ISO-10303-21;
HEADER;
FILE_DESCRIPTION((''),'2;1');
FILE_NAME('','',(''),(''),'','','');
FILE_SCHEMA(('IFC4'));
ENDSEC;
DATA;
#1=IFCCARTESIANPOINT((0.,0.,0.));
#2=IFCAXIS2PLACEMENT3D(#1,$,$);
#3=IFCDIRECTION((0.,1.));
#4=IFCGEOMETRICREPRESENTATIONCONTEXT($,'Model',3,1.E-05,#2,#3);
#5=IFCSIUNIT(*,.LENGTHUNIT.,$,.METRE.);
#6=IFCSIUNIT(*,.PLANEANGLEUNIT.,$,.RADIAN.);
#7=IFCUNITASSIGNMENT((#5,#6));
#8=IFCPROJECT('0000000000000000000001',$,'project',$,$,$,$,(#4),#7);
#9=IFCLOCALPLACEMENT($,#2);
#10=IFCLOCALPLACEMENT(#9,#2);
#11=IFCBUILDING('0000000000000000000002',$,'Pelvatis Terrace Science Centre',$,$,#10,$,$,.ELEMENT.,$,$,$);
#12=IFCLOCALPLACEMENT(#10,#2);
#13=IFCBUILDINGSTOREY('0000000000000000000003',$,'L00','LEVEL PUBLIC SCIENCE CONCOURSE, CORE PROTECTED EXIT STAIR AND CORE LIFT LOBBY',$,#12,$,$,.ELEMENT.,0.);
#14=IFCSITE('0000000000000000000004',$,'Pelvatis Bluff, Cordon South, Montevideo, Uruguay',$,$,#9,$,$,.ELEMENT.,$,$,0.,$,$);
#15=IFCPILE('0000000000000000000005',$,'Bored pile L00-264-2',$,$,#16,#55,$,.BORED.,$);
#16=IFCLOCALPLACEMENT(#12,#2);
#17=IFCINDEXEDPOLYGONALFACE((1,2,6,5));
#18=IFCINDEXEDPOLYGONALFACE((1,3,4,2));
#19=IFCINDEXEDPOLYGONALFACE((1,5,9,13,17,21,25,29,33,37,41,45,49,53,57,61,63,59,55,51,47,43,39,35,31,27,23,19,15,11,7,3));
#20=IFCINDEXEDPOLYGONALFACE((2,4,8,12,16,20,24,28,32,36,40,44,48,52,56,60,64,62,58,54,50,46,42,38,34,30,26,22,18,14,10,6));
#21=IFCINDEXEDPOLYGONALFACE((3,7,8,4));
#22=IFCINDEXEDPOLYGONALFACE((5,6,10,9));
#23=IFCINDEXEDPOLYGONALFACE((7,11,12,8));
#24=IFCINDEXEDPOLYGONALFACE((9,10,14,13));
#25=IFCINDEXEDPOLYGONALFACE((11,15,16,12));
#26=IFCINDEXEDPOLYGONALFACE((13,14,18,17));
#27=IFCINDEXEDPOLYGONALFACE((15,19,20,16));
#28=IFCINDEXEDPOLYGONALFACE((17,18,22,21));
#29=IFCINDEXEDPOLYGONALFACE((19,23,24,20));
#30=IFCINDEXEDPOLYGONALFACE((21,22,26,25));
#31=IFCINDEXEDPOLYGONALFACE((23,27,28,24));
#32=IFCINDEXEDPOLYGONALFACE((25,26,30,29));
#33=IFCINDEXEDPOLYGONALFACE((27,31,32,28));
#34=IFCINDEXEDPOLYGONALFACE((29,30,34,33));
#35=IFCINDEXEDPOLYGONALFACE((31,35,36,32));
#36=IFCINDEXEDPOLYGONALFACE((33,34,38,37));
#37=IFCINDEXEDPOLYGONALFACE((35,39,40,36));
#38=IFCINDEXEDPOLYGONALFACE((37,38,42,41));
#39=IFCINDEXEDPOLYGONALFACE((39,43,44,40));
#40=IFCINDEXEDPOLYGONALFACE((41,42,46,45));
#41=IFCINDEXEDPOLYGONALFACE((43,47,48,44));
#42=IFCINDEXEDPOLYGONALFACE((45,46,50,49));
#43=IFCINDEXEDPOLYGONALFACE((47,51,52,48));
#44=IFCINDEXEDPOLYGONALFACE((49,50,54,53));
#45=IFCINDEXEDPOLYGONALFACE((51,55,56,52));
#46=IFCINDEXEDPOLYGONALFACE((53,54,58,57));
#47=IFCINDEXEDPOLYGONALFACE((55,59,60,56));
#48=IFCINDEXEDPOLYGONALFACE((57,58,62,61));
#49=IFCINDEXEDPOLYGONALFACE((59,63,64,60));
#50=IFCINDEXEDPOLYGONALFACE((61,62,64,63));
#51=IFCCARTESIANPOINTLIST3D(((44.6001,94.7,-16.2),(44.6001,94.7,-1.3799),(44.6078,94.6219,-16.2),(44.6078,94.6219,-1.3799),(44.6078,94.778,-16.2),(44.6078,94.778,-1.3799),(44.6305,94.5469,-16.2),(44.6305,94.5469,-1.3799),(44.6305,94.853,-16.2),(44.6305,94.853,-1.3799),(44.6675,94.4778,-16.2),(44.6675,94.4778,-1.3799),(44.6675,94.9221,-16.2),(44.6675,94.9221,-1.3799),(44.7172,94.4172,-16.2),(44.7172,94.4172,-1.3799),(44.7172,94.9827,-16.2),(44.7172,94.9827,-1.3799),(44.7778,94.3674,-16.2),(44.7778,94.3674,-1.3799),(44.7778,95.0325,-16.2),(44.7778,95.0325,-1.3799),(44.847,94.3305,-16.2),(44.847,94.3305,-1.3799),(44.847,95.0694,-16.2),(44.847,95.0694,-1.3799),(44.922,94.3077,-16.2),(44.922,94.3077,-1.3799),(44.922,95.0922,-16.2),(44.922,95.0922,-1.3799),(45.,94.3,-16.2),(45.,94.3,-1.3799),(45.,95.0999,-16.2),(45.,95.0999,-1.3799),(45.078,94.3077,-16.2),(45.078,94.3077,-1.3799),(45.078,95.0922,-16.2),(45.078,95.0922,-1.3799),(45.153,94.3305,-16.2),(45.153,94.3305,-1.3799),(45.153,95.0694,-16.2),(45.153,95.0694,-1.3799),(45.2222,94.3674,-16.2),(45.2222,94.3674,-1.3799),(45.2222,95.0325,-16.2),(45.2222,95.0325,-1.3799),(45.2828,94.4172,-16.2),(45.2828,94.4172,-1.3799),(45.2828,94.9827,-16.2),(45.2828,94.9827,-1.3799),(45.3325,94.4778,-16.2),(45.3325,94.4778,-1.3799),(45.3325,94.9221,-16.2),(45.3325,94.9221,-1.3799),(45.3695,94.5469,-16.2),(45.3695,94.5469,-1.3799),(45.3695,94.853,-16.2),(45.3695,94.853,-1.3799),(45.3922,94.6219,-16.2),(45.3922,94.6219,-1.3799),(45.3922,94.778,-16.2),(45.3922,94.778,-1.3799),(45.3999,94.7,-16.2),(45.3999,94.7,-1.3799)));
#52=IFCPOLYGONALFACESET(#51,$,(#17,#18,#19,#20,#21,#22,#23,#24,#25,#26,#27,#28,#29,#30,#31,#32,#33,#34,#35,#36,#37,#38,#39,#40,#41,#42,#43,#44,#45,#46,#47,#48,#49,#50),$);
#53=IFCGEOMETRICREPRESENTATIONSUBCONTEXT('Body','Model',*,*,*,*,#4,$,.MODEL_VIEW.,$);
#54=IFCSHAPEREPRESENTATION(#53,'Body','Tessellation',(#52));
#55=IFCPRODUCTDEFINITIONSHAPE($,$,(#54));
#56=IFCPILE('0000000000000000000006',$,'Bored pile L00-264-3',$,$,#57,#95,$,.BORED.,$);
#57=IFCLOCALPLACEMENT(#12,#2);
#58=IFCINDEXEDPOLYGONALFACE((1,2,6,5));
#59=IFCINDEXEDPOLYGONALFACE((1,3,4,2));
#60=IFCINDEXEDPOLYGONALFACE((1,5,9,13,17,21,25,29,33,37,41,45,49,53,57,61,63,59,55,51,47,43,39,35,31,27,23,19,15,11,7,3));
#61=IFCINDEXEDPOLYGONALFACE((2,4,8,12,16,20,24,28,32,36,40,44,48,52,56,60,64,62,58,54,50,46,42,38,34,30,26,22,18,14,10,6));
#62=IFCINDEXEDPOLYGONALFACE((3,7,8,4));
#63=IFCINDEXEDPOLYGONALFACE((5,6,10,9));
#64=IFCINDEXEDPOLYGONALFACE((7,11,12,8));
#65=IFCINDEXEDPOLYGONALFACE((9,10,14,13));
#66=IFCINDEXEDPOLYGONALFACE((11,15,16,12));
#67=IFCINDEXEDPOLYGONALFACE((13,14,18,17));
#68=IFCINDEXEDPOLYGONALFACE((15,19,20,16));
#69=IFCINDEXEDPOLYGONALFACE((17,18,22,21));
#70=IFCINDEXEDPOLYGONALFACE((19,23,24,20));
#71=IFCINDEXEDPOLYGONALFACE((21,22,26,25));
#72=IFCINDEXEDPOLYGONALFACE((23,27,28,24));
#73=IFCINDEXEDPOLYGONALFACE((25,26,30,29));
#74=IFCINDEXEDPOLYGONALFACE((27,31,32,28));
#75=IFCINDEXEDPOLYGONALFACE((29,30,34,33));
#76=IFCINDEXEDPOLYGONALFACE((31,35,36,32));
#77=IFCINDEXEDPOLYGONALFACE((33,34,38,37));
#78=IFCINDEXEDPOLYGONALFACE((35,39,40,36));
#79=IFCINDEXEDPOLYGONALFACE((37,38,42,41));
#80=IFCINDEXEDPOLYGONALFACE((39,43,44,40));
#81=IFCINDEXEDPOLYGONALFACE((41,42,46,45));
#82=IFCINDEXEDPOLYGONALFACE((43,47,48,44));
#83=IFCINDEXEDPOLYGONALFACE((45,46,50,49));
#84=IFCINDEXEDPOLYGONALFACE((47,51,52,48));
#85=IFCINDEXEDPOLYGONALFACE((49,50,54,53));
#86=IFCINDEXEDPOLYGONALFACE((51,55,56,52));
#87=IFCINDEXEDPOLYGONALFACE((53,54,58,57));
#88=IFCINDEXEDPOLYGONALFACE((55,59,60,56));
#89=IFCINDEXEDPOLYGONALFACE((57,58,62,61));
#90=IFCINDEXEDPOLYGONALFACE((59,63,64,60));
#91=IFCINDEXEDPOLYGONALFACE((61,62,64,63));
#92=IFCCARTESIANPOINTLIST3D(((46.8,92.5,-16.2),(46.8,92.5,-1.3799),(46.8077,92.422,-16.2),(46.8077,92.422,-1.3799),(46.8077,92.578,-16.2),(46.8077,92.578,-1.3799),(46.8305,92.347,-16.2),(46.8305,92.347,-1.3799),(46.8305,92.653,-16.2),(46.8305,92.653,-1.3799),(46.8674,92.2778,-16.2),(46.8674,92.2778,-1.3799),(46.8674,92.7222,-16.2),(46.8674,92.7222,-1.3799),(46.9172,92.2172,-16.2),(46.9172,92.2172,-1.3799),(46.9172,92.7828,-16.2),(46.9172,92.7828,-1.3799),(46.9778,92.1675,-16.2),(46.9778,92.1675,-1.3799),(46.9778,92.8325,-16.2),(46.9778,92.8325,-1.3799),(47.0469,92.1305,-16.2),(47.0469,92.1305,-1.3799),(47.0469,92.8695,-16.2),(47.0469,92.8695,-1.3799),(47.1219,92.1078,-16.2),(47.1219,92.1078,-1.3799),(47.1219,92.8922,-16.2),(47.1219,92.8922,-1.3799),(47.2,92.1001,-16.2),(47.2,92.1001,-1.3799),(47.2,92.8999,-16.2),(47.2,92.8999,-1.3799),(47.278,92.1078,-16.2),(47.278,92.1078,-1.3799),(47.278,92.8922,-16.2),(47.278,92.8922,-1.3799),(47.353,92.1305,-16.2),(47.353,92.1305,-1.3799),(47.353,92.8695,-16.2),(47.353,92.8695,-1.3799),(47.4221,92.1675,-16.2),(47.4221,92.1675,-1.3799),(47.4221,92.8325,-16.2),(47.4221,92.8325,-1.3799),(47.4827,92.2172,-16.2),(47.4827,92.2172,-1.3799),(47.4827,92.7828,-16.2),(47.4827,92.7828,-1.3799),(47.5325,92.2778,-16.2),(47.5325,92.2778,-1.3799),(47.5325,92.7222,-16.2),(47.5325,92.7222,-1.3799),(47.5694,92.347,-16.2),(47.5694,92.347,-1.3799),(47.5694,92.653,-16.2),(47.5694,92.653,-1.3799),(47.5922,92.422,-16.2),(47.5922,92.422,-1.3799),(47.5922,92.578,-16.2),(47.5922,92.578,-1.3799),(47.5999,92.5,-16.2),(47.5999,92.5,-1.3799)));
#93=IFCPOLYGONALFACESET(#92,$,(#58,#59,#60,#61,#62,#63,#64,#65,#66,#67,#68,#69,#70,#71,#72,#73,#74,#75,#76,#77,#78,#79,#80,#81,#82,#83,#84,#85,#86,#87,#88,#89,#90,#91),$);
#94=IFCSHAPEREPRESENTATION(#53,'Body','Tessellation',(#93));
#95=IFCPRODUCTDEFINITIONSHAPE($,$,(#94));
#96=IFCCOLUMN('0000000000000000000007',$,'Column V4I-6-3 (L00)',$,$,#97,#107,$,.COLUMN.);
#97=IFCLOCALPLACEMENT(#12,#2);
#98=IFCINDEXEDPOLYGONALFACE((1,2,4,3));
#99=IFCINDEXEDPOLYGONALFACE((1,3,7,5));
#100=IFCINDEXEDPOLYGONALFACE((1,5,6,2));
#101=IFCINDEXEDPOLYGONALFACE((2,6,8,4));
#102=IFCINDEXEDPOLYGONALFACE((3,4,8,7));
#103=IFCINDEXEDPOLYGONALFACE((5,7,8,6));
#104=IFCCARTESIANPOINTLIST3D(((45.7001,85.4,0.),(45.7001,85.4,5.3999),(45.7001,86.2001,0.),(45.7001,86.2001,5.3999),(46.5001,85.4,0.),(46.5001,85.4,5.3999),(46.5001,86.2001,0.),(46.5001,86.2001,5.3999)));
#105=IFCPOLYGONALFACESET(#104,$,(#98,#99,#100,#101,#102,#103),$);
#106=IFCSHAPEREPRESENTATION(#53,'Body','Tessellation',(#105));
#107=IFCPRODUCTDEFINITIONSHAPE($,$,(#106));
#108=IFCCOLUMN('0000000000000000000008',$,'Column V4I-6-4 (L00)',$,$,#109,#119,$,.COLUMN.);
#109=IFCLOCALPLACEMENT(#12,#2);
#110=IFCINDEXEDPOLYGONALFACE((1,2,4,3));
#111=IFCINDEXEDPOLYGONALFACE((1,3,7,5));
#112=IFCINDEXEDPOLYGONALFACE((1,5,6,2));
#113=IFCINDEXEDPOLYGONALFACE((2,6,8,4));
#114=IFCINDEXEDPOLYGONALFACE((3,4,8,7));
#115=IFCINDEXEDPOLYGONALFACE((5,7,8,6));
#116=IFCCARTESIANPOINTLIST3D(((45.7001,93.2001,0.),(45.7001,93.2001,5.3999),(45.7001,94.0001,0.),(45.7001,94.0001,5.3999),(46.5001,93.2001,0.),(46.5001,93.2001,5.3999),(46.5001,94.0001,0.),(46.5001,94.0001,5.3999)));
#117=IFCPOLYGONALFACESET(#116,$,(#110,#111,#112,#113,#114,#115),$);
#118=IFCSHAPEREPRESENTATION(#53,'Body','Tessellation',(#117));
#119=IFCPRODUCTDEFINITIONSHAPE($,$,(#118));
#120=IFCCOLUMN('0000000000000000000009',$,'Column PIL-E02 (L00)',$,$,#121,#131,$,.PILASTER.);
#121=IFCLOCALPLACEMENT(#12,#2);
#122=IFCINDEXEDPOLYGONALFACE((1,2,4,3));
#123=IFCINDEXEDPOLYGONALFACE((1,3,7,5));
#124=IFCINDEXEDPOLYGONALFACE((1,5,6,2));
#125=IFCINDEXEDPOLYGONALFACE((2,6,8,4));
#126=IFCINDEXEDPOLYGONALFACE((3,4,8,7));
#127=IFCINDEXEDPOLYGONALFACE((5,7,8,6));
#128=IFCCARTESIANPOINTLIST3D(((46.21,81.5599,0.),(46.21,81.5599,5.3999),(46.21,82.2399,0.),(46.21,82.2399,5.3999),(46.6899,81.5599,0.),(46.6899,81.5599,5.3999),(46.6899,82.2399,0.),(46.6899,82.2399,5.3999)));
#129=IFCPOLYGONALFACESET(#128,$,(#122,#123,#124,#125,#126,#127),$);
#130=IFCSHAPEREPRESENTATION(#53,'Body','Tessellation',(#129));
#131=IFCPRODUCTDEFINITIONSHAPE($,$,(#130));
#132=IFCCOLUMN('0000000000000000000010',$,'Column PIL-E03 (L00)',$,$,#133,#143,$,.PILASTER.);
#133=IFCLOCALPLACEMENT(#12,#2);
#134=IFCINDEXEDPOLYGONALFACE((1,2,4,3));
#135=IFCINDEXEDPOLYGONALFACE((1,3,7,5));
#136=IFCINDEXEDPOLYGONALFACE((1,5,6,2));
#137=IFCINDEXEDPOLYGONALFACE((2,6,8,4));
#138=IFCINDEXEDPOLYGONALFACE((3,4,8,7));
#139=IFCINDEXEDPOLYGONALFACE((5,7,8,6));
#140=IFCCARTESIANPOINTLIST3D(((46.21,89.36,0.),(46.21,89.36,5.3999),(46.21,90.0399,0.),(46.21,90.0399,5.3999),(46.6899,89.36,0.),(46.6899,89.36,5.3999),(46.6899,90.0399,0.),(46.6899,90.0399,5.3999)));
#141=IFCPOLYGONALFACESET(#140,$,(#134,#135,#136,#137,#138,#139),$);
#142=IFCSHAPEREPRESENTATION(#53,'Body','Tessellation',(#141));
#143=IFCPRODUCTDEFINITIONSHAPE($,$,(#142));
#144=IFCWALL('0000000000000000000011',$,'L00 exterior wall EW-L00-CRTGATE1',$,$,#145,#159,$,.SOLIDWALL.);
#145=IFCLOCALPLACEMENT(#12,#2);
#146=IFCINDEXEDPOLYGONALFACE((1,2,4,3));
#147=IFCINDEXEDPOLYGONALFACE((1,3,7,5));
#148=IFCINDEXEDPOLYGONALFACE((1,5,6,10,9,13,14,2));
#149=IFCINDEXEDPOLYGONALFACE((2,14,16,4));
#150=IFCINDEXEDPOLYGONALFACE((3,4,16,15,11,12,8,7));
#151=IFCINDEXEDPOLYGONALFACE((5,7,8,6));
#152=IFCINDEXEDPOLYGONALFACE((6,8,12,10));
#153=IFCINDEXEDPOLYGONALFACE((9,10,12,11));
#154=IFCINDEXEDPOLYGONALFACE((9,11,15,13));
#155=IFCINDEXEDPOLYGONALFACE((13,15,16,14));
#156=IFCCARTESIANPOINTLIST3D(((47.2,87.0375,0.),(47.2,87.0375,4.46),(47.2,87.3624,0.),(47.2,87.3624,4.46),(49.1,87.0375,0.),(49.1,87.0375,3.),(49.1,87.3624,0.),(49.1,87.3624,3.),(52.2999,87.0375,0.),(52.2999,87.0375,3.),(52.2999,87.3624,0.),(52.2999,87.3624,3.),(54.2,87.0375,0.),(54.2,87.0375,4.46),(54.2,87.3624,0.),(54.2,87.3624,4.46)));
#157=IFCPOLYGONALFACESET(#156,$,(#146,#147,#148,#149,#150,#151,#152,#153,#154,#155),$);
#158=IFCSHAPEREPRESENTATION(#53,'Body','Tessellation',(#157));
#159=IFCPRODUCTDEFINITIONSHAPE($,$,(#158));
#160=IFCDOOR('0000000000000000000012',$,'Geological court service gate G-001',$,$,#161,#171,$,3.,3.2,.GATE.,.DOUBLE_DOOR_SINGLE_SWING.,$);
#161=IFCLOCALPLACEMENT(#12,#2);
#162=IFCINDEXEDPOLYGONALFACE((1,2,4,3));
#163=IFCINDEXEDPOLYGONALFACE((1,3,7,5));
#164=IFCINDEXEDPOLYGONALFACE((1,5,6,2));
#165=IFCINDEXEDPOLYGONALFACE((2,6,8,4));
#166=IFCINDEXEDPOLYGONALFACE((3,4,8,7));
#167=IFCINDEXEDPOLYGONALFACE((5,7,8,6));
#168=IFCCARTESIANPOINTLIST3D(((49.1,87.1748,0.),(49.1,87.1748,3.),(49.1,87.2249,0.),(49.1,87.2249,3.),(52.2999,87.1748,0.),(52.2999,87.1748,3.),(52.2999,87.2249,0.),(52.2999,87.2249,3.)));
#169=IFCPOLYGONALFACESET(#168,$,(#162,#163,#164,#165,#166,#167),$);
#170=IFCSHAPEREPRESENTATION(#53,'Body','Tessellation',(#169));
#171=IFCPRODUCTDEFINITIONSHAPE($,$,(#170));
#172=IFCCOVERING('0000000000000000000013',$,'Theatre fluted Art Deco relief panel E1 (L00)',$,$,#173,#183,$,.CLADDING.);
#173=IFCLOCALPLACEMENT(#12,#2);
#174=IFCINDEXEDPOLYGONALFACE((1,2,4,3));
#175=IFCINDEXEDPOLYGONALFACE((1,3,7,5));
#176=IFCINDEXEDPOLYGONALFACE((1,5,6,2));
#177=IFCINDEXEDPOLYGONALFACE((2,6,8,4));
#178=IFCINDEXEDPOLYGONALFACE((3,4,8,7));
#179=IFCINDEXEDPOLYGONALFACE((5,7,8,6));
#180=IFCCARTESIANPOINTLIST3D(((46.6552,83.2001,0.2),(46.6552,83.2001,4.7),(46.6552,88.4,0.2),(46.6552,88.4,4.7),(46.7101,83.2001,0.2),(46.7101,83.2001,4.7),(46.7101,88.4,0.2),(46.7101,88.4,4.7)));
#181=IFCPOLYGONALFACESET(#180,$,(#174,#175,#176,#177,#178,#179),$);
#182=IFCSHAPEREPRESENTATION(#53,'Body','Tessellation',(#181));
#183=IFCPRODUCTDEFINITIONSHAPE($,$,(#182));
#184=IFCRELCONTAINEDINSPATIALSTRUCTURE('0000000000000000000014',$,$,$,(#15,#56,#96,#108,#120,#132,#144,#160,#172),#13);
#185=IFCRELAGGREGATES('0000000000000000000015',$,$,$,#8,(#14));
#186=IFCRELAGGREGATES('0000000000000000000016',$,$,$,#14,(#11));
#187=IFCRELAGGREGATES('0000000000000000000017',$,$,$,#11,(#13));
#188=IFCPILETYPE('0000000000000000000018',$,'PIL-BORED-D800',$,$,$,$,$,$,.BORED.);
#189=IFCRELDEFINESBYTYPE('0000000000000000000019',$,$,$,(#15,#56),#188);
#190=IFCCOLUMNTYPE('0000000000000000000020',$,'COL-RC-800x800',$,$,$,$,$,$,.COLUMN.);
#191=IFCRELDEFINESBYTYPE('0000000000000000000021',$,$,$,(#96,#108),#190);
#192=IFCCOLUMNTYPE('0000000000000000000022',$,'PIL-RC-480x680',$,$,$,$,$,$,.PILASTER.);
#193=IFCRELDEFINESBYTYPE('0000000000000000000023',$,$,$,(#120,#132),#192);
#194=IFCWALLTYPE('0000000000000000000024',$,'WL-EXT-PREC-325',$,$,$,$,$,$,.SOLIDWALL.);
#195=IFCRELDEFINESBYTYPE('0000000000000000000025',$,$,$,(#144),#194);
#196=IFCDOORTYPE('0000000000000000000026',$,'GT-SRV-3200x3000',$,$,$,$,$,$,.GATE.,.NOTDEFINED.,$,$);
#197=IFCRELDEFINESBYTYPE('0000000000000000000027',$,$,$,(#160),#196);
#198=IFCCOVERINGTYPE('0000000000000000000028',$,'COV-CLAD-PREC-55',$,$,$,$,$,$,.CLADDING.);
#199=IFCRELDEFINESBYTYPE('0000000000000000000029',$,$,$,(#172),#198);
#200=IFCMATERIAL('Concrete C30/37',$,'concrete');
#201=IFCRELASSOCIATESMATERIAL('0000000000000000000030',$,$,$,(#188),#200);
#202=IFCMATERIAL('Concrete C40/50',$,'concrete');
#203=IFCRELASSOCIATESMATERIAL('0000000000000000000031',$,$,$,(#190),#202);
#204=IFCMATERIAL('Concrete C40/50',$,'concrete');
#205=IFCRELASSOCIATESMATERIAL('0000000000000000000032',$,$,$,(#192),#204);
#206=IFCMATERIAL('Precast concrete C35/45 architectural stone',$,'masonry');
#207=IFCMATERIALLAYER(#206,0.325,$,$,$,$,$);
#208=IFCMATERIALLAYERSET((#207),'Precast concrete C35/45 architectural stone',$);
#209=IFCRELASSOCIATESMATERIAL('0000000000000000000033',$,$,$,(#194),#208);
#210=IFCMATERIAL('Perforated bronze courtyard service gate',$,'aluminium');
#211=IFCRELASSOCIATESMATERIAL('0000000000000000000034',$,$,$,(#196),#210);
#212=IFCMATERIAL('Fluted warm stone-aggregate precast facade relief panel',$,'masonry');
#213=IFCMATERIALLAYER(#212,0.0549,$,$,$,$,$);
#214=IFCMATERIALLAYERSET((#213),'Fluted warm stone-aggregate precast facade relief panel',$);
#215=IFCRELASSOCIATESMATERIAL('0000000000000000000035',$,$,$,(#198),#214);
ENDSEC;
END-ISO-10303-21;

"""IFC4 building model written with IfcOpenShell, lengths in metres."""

from ifc_helpers import new_model, si_unit, direction, frame, frame_2d, origin, origin_2d, place, context, subcontext, project, spatial, rectangle, circle, extrude, material, layer, layer_set, material_profile, profile_set, type_object, element, fill, save


model = new_model("IFC4")

# Units and contexts
model_context = context("Model", 3, precision=1e-05, world=origin(), true_north=direction((0.0, 1.0)))
body_context = subcontext(model_context, "Body", "Model", "MODEL_VIEW")
ifc_project = project(units=[si_unit("LENGTHUNIT", "METRE"), si_unit("PLANEANGLEUNIT", "RADIAN")], contexts=[model_context])

# Site, building, storey
site_placement = place(None, origin())
site = spatial("IfcSite", under=ifc_project, at=site_placement, Name="Pelvatis Bluff, Cordon South, Montevideo, Uruguay", CompositionType="ELEMENT", RefElevation=0.0)
building_placement = place(site_placement, origin())
building = spatial("IfcBuilding", under=site, at=building_placement, Name="Pelvatis Terrace Science Centre", CompositionType="ELEMENT")
storey_placement = place(building_placement, origin())
storey = spatial("IfcBuildingStorey", under=building, at=storey_placement, Name="L00", Description="LEVEL PUBLIC SCIENCE CONCOURSE, CORE PROTECTED EXIT STAIR AND CORE LIFT LOBBY", CompositionType="ELEMENT", Elevation=0.0)

# Piles
ifc_material_1 = material(Name="Concrete C30/37", Category="concrete")
ifc_material_profile_1 = material_profile(ifc_material_1, circle(Radius=0.3999, at=origin_2d()), Name="PILE D800")
ifc_profile_set_1 = profile_set([ifc_material_profile_1], Name="Concrete C30/37")
pile_type = type_object("IfcPileType", Name="PIL-BORED-D800", PredefinedType="BORED", material=ifc_profile_set_1)
for number, where, z_axis, x_axis, name in (
    (1, (45.0, 94.7, -1.3799), (0.0, 0.0, -1.0), (1.0, 0.0, 0.0), "Bored pile L00-264-2"),
    (2, (47.2, 92.5, -1.3799), (0.0, 0.0, -1.0), (1.0, 0.0, 0.0), "Bored pile L00-264-3"),
):
    element("IfcPile", number, at=place(storey_placement, frame(where, z_axis=z_axis, x_axis=x_axis)), inside=storey, type_object=pile_type, Name=name, PredefinedType="BORED", context=body_context, shape_type="SweptSolid", body=[
        extrude(circle(Radius=0.3999, at=origin_2d()), origin(), (0.0, 0.0, 1.0), 14.8201),
    ])

# Columns
ifc_material_2 = material(Name="Concrete C40/50", Category="concrete")
ifc_material_profile_2 = material_profile(ifc_material_2, rectangle(XDim=0.8, YDim=0.8, at=origin_2d()), Name="RC-COL 800x800")
ifc_profile_set_2 = profile_set([ifc_material_profile_2], Name="Concrete C40/50")
column_type_1 = type_object("IfcColumnType", Name="COL-RC-800x800", PredefinedType="COLUMN", material=ifc_profile_set_2)
for number, where, z_axis, x_axis, name in (
    (3, (46.1001, 85.8, 0.0), (0.0, 0.0, 1.0), (1.0, 0.0, 0.0), "Column V4I-6-3 (L00)"),
    (4, (46.1001, 93.6001, 0.0), (0.0, 0.0, 1.0), (1.0, 0.0, 0.0), "Column V4I-6-4 (L00)"),
):
    element("IfcColumn", number, at=place(storey_placement, frame(where, z_axis=z_axis, x_axis=x_axis)), inside=storey, type_object=column_type_1, Name=name, PredefinedType="COLUMN", context=body_context, shape_type="SweptSolid", body=[
        extrude(rectangle(XDim=0.8, YDim=0.8, at=origin_2d()), origin(), (0.0, 0.0, 1.0), 5.3999),
    ])
ifc_material_3 = material(Name="Concrete C40/50", Category="concrete")
ifc_material_profile_3 = material_profile(ifc_material_3, rectangle(XDim=0.48, YDim=0.6799, at=origin_2d()), Name="RC-PIL 480x680")
ifc_profile_set_3 = profile_set([ifc_material_profile_3], Name="Concrete C40/50")
column_type_2 = type_object("IfcColumnType", Name="PIL-RC-480x680", PredefinedType="PILASTER", material=ifc_profile_set_3)
for number, where, z_axis, x_axis, name in (
    (5, (46.45, 81.8999, 0.0), (0.0, 0.0, 1.0), (1.0, 0.0, 0.0), "Column PIL-E02 (L00)"),
    (6, (46.45, 89.7, 0.0), (0.0, 0.0, 1.0), (1.0, 0.0, 0.0), "Column PIL-E03 (L00)"),
):
    element("IfcColumn", number, at=place(storey_placement, frame(where, z_axis=z_axis, x_axis=x_axis)), inside=storey, type_object=column_type_2, Name=name, PredefinedType="PILASTER", context=body_context, shape_type="SweptSolid", body=[
        extrude(rectangle(XDim=0.48, YDim=0.6799, at=origin_2d()), origin(), (0.0, 0.0, 1.0), 5.3999),
    ])

# Wall, opening, door
ifc_material_4 = material(Name="Precast concrete C35/45 architectural stone", Category="masonry")
ifc_layer_1 = layer(ifc_material_4, 0.325)
ifc_layer_set_1 = layer_set([ifc_layer_1], Name="Precast concrete C35/45 architectural stone")
wall_type = type_object("IfcWallType", Name="WL-EXT-PREC-325", PredefinedType="SOLIDWALL", material=ifc_layer_set_1)
wall_placement = place(storey_placement, frame((47.2, 87.2, 0.0), z_axis=(0.0, 0.0, 1.0), x_axis=(1.0, 0.0, 0.0)))
wall = element("IfcWall", 7, at=wall_placement, inside=storey, type_object=wall_type, Name="L00 exterior wall EW-L00-CRTGATE1", PredefinedType="SOLIDWALL", context=body_context, shape_type="SweptSolid", body=[
    extrude(rectangle(XDim=7.0, YDim=0.325, at=frame_2d((3.5, 0.0))), origin(), (0.0, 0.0, 1.0), 4.46),
])
opening_placement = place(wall_placement, frame((1.8999, 0.0, 0.0)))
opening = element("IfcOpeningElement", 8, at=opening_placement, cuts=wall, PredefinedType="OPENING", context=body_context, shape_type="SweptSolid", body=[
    extrude(rectangle(XDim=3.2, YDim=3.0, at=frame_2d((1.6001, 1.5))), frame((0.0, 0.1724, 0.0), z_axis=(0.0, -1.0, 0.0), x_axis=(1.0, 0.0, 0.0)), (0.0, 0.0, 1.0), 0.345),
])
ifc_material_5 = material(Name="Perforated bronze courtyard service gate", Category="aluminium")
door_type = type_object("IfcDoorType", Name="GT-SRV-3200x3000", OperationType="NOTDEFINED", PredefinedType="GATE", material=ifc_material_5)
door_placement = place(opening_placement, origin())
door = element("IfcDoor", 9, at=door_placement, inside=storey, type_object=door_type, Name="Geological court service gate G-001", OperationType="DOUBLE_DOOR_SINGLE_SWING", OverallHeight=3.0, OverallWidth=3.2, PredefinedType="GATE", context=body_context, shape_type="SweptSolid", body=[
    extrude(rectangle(XDim=3.2, YDim=3.0, at=frame_2d((1.6001, 1.5))), frame((0.0, 0.0249, 0.0), z_axis=(0.0, -1.0, 0.0), x_axis=(1.0, 0.0, 0.0)), (0.0, 0.0, 1.0), 0.05),
])
fill(opening, door)

# Covering
ifc_material_6 = material(Name="Fluted warm stone-aggregate precast facade relief panel", Category="masonry")
ifc_layer_2 = layer(ifc_material_6, 0.0549)
ifc_layer_set_2 = layer_set([ifc_layer_2], Name="Fluted warm stone-aggregate precast facade relief panel")
covering_type = type_object("IfcCoveringType", Name="COV-CLAD-PREC-55", PredefinedType="CLADDING", material=ifc_layer_set_2)
for number, where, z_axis, x_axis, name in (
    (10, (46.6826, 85.8, 0.2), (0.0, 0.0, 1.0), (1.0, 0.0, 0.0), "Theatre fluted Art Deco relief panel E1 (L00)"),
):
    element("IfcCovering", number, at=place(storey_placement, frame(where, z_axis=z_axis, x_axis=x_axis)), inside=storey, type_object=covering_type, Name=name, PredefinedType="CLADDING", context=body_context, shape_type="SweptSolid", body=[
        extrude(rectangle(XDim=0.0549, YDim=5.2, at=origin_2d()), origin(), (0.0, 0.0, 1.0), 4.5),
    ])

save(model, "model.ifc")
